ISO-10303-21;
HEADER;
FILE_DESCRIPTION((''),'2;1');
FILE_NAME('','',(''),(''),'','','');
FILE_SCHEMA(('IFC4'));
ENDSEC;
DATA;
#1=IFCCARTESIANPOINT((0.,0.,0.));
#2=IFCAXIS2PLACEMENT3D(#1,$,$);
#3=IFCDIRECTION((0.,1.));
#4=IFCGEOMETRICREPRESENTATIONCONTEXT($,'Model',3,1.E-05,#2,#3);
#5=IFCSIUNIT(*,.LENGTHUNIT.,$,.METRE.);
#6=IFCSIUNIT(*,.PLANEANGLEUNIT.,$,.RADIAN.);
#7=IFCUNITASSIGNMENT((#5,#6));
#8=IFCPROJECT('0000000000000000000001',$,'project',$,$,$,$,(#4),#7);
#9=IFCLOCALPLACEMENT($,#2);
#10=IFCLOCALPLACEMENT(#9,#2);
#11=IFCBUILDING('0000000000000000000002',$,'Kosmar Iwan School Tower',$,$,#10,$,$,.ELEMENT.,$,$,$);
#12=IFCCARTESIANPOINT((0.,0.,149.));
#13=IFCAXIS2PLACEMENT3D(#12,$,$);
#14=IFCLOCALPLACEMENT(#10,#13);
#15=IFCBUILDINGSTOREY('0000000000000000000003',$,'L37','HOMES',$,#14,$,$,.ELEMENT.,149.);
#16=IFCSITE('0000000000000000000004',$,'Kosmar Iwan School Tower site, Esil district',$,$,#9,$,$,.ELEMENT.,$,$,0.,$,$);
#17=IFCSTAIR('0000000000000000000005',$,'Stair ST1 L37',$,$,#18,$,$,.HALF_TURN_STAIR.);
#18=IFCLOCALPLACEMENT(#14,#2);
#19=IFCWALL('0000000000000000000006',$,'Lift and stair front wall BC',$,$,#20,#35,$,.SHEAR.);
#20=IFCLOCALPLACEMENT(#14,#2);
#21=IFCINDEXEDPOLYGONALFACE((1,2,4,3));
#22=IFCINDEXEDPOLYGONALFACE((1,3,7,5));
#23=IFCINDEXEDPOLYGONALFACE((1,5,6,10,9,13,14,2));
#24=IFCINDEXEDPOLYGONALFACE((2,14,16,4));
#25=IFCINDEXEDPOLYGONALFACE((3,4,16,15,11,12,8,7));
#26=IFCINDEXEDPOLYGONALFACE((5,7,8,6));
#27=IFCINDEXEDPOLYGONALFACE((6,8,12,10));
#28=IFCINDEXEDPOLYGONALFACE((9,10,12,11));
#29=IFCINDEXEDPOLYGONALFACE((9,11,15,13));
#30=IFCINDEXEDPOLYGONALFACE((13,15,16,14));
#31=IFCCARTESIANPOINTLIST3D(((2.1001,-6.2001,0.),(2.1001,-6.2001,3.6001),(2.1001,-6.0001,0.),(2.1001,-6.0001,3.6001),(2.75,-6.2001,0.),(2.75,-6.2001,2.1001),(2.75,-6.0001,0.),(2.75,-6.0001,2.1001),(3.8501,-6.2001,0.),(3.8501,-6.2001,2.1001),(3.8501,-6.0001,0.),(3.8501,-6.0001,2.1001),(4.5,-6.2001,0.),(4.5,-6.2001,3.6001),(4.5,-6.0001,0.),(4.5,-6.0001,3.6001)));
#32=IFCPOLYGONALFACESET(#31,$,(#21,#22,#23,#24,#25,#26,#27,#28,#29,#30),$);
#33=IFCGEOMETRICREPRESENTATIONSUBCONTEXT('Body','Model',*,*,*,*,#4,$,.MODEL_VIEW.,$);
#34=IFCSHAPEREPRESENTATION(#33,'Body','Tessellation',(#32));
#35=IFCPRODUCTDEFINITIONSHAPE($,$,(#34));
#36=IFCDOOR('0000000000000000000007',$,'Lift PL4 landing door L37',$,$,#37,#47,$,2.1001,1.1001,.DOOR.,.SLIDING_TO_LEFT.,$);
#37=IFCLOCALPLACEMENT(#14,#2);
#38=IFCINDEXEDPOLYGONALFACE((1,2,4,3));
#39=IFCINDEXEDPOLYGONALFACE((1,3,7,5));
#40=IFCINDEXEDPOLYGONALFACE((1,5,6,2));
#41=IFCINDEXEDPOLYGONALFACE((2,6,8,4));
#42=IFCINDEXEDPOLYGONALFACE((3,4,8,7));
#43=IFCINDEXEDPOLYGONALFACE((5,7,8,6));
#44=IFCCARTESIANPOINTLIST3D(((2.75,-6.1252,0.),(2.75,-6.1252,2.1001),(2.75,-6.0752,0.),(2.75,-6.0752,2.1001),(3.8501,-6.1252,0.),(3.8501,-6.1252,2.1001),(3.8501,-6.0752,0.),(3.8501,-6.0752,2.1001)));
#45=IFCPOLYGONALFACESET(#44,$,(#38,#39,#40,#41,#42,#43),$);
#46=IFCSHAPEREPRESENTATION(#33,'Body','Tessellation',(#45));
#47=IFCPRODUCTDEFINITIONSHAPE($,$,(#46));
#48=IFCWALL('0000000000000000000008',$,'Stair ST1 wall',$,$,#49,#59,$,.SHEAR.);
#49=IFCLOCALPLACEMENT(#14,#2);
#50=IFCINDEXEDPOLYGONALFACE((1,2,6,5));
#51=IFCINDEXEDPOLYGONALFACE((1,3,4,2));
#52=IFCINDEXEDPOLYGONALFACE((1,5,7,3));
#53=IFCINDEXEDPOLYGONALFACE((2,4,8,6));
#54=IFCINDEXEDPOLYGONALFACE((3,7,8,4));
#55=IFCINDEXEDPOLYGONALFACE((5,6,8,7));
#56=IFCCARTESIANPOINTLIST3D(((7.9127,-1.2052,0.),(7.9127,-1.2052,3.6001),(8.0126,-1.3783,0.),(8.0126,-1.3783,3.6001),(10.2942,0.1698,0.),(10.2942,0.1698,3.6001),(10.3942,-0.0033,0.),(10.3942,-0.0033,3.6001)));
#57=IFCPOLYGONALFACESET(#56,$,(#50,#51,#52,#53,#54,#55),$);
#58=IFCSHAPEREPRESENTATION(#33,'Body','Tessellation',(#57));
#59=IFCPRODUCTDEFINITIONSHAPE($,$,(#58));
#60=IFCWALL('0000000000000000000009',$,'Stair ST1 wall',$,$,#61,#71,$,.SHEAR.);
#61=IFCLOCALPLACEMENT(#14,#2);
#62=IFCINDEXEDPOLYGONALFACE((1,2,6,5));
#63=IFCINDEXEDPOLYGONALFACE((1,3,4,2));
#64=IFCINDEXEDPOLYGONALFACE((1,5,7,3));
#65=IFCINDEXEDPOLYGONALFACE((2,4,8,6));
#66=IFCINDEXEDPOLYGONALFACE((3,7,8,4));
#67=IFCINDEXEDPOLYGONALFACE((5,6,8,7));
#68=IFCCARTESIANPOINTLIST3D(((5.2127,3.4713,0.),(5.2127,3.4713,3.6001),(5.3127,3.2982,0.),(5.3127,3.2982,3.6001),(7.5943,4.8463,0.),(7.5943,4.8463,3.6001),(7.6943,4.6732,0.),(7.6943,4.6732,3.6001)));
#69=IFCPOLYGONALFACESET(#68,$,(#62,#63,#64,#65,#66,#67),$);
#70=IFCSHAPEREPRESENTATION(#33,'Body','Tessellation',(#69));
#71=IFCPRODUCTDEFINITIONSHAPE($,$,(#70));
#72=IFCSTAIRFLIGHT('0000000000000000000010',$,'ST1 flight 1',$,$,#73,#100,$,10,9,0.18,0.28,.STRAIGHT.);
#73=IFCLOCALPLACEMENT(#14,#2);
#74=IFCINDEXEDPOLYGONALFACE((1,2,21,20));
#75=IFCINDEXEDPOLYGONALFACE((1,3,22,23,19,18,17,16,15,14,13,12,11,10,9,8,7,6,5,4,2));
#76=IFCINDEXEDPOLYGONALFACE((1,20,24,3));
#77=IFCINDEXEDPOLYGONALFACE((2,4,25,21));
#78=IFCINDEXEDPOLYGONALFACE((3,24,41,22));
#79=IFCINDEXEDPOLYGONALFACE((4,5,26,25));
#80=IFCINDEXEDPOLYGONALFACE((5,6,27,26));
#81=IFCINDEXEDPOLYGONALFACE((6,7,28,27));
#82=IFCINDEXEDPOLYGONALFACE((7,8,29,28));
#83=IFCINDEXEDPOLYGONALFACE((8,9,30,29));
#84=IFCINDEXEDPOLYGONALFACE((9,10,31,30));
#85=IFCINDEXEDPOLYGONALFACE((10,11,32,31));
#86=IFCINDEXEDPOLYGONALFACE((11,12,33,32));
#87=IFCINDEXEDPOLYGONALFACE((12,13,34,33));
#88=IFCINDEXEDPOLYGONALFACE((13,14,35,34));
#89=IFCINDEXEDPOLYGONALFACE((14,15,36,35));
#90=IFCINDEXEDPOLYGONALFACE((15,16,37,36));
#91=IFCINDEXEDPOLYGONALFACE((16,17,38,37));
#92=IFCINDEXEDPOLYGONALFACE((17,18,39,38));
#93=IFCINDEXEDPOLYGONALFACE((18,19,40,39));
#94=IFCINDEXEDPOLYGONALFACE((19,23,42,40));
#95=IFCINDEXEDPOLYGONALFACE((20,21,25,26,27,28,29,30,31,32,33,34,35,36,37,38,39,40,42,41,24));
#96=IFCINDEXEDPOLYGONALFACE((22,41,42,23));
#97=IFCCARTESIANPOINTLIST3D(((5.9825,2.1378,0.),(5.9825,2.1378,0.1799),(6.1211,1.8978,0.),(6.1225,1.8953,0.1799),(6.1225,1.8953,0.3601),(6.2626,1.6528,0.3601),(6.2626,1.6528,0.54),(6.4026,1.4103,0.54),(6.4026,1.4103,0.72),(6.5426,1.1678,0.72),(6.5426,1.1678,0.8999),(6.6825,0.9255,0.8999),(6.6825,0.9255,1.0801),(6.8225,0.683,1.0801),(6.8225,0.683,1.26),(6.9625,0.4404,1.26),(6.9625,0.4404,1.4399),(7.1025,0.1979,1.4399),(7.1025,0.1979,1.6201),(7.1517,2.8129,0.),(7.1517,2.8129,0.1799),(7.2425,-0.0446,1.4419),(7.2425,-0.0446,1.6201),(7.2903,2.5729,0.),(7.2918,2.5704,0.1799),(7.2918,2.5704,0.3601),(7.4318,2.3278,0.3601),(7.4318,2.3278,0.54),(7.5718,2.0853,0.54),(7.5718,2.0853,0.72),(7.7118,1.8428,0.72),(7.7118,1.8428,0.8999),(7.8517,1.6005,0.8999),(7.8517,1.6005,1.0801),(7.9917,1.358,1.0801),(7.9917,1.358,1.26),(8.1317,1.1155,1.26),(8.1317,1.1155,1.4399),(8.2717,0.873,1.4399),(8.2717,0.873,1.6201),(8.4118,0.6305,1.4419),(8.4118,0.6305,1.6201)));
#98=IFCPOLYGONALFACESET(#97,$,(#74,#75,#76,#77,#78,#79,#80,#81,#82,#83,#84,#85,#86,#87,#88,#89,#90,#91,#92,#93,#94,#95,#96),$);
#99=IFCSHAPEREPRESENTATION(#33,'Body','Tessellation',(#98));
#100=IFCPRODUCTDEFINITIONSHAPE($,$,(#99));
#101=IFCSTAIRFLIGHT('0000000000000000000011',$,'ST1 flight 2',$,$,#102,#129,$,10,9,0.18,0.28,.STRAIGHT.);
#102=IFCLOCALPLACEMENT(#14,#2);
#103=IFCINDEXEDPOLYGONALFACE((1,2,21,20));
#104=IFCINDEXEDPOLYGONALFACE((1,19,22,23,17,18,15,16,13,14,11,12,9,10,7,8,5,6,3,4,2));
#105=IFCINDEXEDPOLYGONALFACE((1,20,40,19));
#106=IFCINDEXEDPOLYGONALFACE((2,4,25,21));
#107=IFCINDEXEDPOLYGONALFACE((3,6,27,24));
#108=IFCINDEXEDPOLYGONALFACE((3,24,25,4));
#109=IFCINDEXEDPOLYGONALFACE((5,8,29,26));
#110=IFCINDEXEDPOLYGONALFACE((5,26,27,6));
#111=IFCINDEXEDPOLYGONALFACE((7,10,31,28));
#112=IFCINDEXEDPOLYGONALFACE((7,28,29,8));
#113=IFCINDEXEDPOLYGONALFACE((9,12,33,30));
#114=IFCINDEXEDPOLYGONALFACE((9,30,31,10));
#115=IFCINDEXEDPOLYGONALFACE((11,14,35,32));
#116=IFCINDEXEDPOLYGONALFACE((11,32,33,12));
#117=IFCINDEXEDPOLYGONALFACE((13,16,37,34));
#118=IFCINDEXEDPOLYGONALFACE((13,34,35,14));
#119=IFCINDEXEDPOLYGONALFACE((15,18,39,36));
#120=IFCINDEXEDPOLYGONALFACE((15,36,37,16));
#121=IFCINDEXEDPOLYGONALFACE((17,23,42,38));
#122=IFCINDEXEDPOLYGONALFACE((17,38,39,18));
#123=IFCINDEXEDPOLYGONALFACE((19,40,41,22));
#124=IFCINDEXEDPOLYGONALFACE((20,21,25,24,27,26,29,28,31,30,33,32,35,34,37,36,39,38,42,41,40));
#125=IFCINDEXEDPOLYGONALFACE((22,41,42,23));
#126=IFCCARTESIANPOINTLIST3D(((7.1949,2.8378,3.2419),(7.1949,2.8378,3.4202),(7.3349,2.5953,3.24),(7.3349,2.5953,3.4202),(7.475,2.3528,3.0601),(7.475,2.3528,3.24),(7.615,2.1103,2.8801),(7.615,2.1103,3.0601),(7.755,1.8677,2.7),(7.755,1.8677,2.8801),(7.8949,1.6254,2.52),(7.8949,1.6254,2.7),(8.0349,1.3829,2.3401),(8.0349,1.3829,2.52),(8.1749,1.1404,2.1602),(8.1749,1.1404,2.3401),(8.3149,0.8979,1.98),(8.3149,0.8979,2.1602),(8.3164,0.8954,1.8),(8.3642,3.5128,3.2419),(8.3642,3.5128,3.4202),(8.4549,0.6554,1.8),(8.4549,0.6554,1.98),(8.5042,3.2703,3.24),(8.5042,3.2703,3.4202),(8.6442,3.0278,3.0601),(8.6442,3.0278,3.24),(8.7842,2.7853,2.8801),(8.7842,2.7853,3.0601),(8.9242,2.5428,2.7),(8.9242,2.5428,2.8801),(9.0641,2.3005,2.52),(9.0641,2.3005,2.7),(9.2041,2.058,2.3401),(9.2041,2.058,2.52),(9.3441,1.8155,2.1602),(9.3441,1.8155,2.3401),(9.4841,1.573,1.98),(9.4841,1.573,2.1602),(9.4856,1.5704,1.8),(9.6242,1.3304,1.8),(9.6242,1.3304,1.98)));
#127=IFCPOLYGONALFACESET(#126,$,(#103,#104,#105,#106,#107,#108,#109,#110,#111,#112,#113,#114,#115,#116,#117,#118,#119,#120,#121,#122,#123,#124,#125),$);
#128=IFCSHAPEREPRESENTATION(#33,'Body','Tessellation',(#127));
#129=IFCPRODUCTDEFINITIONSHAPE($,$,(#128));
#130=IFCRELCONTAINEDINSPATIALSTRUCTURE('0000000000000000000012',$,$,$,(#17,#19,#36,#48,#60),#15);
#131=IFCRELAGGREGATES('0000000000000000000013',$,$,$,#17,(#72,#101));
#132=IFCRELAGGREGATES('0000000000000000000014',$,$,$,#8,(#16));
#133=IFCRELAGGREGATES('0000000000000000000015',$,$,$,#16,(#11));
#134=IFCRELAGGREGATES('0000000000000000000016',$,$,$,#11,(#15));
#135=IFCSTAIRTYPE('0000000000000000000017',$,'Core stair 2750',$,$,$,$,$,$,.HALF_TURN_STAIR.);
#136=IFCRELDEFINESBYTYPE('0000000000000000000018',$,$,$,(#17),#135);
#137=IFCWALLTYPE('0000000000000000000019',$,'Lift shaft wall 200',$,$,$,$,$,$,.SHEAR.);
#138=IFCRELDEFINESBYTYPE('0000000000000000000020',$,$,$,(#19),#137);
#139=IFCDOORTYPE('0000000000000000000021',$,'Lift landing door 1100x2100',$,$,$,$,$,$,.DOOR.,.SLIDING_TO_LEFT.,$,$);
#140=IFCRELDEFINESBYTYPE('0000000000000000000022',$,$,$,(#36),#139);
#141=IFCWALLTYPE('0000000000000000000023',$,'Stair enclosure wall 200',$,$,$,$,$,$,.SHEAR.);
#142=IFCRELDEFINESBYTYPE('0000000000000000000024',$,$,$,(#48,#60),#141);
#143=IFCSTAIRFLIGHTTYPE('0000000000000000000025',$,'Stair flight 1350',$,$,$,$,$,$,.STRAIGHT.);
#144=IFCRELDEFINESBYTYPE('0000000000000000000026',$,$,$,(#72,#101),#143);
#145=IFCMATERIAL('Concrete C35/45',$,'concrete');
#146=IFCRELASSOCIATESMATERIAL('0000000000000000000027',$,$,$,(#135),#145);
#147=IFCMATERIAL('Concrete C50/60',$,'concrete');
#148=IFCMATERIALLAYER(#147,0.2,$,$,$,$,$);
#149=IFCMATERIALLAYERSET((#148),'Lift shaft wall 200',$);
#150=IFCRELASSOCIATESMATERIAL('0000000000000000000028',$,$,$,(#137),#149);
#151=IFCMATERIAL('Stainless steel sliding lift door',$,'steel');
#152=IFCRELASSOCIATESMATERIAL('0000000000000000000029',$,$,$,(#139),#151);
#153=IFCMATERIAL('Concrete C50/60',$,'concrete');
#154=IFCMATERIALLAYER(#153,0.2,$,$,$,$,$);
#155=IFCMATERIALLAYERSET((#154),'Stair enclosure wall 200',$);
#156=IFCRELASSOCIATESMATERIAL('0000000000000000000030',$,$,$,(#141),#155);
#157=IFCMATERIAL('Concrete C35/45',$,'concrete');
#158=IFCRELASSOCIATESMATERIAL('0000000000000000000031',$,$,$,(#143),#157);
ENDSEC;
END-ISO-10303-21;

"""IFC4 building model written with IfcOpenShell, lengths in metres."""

from ifc_helpers import new_model, si_unit, direction, frame, frame_2d, origin, place, context, subcontext, project, spatial, polyline, rectangle, outline, extrude, material, layer, layer_set, type_object, element, fill, aggregate, save


model = new_model("IFC4")

# Units and contexts
model_context = context("Model", 3, precision=1e-05, world=origin(), true_north=direction((0.0, 1.0)))
body_context = subcontext(model_context, "Body", "Model", "MODEL_VIEW")
ifc_project = project(units=[si_unit("LENGTHUNIT", "METRE"), si_unit("PLANEANGLEUNIT", "RADIAN")], contexts=[model_context])

# Site, building, storey
site_placement = place(None, origin())
site = spatial("IfcSite", under=ifc_project, at=site_placement, Name="Kosmar Iwan School Tower site, Esil district", CompositionType="ELEMENT", RefElevation=0.0)
building_placement = place(site_placement, origin())
building = spatial("IfcBuilding", under=site, at=building_placement, Name="Kosmar Iwan School Tower", CompositionType="ELEMENT")
storey_placement = place(building_placement, frame((0.0, 0.0, 149.0)))
storey = spatial("IfcBuildingStorey", under=building, at=storey_placement, Name="L37", Description="HOMES", CompositionType="ELEMENT", Elevation=149.0)

# Stair
ifc_material_1 = material(Name="Concrete C35/45", Category="concrete")
stair_type_1 = type_object("IfcStairType", Name="Core stair 2750", PredefinedType="HALF_TURN_STAIR", material=ifc_material_1)
stair_1_placement = place(storey_placement, origin())
stair_1 = element("IfcStair", 1, at=stair_1_placement, inside=storey, type_object=stair_type_1, Name="Stair ST1 L37", PredefinedType="HALF_TURN_STAIR")

# Shared definitions
ifc_material_2 = material(Name="Concrete C50/60", Category="concrete")
ifc_layer_1 = layer(ifc_material_2, 0.2)
ifc_layer_set_1 = layer_set([ifc_layer_1], Name="Lift shaft wall 200")
wall_type_1 = type_object("IfcWallType", Name="Lift shaft wall 200", PredefinedType="SHEAR", material=ifc_layer_set_1)

# Wall, opening, door
wall_1_placement = place(storey_placement, frame((2.1001, -6.1001, 0.0), z_axis=(0.0, 0.0, 1.0), x_axis=(1.0, 0.0, 0.0)))
wall_1 = element("IfcWall", 2, at=wall_1_placement, inside=storey, type_object=wall_type_1, Name="Lift and stair front wall BC", PredefinedType="SHEAR", context=body_context, shape_type="SweptSolid", body=[
    extrude(rectangle(XDim=2.3999, YDim=0.2, at=frame_2d((1.2, 0.0))), origin(), (0.0, 0.0, 1.0), 3.6001),
])
opening_1_placement = place(wall_1_placement, frame((0.6499, 0.0, 0.0)))
opening_1 = element("IfcOpeningElement", 3, at=opening_1_placement, cuts=wall_1, PredefinedType="OPENING", context=body_context, shape_type="SweptSolid", body=[
    extrude(rectangle(XDim=1.1001, YDim=2.1001, at=frame_2d((0.55, 1.05))), frame((0.0, 0.1121, 0.0), z_axis=(0.0, -1.0, 0.0), x_axis=(1.0, 0.0, 0.0)), (0.0, 0.0, 1.0), 0.2239),
])
ifc_material_3 = material(Name="Stainless steel sliding lift door", Category="steel")
door_type_1 = type_object("IfcDoorType", Name="Lift landing door 1100x2100", OperationType="SLIDING_TO_LEFT", PredefinedType="DOOR", material=ifc_material_3)
door_1_placement = place(opening_1_placement, origin())
door_1 = element("IfcDoor", 4, at=door_1_placement, inside=storey, type_object=door_type_1, Name="Lift PL4 landing door L37", OperationType="SLIDING_TO_LEFT", OverallHeight=2.1001, OverallWidth=1.1001, PredefinedType="DOOR", context=body_context, shape_type="SweptSolid", body=[
    extrude(rectangle(XDim=1.1001, YDim=2.1001, at=frame_2d((0.55, 1.05))), frame((0.0, 0.0249, 0.0), z_axis=(0.0, -1.0, 0.0), x_axis=(1.0, 0.0, 0.0)), (0.0, 0.0, 1.0), 0.05),
])
fill(opening_1, door_1)

# Walls
ifc_material_4 = material(Name="Concrete C50/60", Category="concrete")
ifc_layer_2 = layer(ifc_material_4, 0.2)
ifc_layer_set_2 = layer_set([ifc_layer_2], Name="Stair enclosure wall 200")
wall_type_2 = type_object("IfcWallType", Name="Stair enclosure wall 200", PredefinedType="SHEAR", material=ifc_layer_set_2)
for number, where, z_axis, x_axis, name in (
    (5, (7.9626, -1.2917, 0.0), (0.0, 0.0, 1.0), (0.866027, 0.499997, 0.0), "Stair ST1 wall"),
    (6, (5.2627, 3.3848, 0.0), (0.0, 0.0, 1.0), (0.866027, 0.499997, 0.0), "Stair ST1 wall"),
):
    element("IfcWall", number, at=place(storey_placement, frame(where, z_axis=z_axis, x_axis=x_axis)), inside=storey, type_object=wall_type_2, Name=name, PredefinedType="SHEAR", context=body_context, shape_type="SweptSolid", body=[
        extrude(rectangle(XDim=2.75, YDim=0.2, at=frame_2d((1.375, 0.0))), origin(), (0.0, 0.0, 1.0), 3.6001),
    ])

# Stair flights
ifc_material_5 = material(Name="Concrete C35/45", Category="concrete")
stair_flight_type = type_object("IfcStairFlightType", Name="Stair flight 1350", PredefinedType="STRAIGHT", material=ifc_material_5)
stair_flight_1_placement = place(storey_placement, frame((6.5671, 2.4753, 0.0), z_axis=(0.0, 0.0, 1.0), x_axis=(0.5, -0.866025, 0.0)))
stair_flight_1 = element("IfcStairFlight", 7, at=stair_flight_1_placement, type_object=stair_flight_type, Name="ST1 flight 1", NumberOfRisers=10, NumberOfTreads=9, PredefinedType="STRAIGHT", RiserHeight=0.18, TreadLength=0.28, context=body_context, shape_type="SweptSolid", body=[
    extrude(outline(polyline([(0.0, 0.0), (0.0, 0.1799), (0.28, 0.1799), (0.28, 0.3601), (0.5601, 0.3601), (0.5601, 0.54), (0.8401, 0.54), (0.8401, 0.72), (1.1201, 0.72), (1.1201, 0.8999), (1.3999, 0.8999), (1.3999, 1.0801), (1.6799, 1.0801), (1.6799, 1.26), (1.96, 1.26), (1.96, 1.4399), (2.24, 1.4399), (2.24, 1.6201), (2.52, 1.6201), (2.52, 1.8), (2.52, 1.4419), (0.2771, 0.0), (0.0, 0.0)])), frame((0.0, 0.675, 0.0), z_axis=(0.0, -1.0, 0.0), x_axis=(1.0, 0.0, 0.0)), (0.0, 0.0, 1.0), 1.3501),
])
stair_flight_2_placement = place(storey_placement, frame((9.0396, 0.9929, 1.8), z_axis=(0.0, 0.0, 1.0), x_axis=(-0.5, 0.866025, 0.0)))
stair_flight_2 = element("IfcStairFlight", 8, at=stair_flight_2_placement, type_object=stair_flight_type, Name="ST1 flight 2", NumberOfRisers=10, NumberOfTreads=9, PredefinedType="STRAIGHT", RiserHeight=0.18, TreadLength=0.28, context=body_context, shape_type="SweptSolid", body=[
    extrude(outline(polyline([(0.0, 0.0), (0.0, 0.1799), (0.28, 0.1799), (0.28, 0.3601), (0.5601, 0.3601), (0.5601, 0.54), (0.8401, 0.54), (0.8401, 0.72), (1.1201, 0.72), (1.1201, 0.8999), (1.3999, 0.8999), (1.3999, 1.0801), (1.6799, 1.0801), (1.6799, 1.26), (1.96, 1.26), (1.96, 1.4399), (2.24, 1.4399), (2.24, 1.6201), (2.52, 1.6201), (2.52, 1.8), (2.52, 1.4419), (0.2771, 0.0), (0.0, 0.0)])), frame((0.0, 0.675, 0.0), z_axis=(0.0, -1.0, 0.0), x_axis=(1.0, 0.0, 0.0)), (0.0, 0.0, 1.0), 1.3501),
])
aggregate(stair_1, [stair_flight_1, stair_flight_2])

save(model, "model.ifc")
